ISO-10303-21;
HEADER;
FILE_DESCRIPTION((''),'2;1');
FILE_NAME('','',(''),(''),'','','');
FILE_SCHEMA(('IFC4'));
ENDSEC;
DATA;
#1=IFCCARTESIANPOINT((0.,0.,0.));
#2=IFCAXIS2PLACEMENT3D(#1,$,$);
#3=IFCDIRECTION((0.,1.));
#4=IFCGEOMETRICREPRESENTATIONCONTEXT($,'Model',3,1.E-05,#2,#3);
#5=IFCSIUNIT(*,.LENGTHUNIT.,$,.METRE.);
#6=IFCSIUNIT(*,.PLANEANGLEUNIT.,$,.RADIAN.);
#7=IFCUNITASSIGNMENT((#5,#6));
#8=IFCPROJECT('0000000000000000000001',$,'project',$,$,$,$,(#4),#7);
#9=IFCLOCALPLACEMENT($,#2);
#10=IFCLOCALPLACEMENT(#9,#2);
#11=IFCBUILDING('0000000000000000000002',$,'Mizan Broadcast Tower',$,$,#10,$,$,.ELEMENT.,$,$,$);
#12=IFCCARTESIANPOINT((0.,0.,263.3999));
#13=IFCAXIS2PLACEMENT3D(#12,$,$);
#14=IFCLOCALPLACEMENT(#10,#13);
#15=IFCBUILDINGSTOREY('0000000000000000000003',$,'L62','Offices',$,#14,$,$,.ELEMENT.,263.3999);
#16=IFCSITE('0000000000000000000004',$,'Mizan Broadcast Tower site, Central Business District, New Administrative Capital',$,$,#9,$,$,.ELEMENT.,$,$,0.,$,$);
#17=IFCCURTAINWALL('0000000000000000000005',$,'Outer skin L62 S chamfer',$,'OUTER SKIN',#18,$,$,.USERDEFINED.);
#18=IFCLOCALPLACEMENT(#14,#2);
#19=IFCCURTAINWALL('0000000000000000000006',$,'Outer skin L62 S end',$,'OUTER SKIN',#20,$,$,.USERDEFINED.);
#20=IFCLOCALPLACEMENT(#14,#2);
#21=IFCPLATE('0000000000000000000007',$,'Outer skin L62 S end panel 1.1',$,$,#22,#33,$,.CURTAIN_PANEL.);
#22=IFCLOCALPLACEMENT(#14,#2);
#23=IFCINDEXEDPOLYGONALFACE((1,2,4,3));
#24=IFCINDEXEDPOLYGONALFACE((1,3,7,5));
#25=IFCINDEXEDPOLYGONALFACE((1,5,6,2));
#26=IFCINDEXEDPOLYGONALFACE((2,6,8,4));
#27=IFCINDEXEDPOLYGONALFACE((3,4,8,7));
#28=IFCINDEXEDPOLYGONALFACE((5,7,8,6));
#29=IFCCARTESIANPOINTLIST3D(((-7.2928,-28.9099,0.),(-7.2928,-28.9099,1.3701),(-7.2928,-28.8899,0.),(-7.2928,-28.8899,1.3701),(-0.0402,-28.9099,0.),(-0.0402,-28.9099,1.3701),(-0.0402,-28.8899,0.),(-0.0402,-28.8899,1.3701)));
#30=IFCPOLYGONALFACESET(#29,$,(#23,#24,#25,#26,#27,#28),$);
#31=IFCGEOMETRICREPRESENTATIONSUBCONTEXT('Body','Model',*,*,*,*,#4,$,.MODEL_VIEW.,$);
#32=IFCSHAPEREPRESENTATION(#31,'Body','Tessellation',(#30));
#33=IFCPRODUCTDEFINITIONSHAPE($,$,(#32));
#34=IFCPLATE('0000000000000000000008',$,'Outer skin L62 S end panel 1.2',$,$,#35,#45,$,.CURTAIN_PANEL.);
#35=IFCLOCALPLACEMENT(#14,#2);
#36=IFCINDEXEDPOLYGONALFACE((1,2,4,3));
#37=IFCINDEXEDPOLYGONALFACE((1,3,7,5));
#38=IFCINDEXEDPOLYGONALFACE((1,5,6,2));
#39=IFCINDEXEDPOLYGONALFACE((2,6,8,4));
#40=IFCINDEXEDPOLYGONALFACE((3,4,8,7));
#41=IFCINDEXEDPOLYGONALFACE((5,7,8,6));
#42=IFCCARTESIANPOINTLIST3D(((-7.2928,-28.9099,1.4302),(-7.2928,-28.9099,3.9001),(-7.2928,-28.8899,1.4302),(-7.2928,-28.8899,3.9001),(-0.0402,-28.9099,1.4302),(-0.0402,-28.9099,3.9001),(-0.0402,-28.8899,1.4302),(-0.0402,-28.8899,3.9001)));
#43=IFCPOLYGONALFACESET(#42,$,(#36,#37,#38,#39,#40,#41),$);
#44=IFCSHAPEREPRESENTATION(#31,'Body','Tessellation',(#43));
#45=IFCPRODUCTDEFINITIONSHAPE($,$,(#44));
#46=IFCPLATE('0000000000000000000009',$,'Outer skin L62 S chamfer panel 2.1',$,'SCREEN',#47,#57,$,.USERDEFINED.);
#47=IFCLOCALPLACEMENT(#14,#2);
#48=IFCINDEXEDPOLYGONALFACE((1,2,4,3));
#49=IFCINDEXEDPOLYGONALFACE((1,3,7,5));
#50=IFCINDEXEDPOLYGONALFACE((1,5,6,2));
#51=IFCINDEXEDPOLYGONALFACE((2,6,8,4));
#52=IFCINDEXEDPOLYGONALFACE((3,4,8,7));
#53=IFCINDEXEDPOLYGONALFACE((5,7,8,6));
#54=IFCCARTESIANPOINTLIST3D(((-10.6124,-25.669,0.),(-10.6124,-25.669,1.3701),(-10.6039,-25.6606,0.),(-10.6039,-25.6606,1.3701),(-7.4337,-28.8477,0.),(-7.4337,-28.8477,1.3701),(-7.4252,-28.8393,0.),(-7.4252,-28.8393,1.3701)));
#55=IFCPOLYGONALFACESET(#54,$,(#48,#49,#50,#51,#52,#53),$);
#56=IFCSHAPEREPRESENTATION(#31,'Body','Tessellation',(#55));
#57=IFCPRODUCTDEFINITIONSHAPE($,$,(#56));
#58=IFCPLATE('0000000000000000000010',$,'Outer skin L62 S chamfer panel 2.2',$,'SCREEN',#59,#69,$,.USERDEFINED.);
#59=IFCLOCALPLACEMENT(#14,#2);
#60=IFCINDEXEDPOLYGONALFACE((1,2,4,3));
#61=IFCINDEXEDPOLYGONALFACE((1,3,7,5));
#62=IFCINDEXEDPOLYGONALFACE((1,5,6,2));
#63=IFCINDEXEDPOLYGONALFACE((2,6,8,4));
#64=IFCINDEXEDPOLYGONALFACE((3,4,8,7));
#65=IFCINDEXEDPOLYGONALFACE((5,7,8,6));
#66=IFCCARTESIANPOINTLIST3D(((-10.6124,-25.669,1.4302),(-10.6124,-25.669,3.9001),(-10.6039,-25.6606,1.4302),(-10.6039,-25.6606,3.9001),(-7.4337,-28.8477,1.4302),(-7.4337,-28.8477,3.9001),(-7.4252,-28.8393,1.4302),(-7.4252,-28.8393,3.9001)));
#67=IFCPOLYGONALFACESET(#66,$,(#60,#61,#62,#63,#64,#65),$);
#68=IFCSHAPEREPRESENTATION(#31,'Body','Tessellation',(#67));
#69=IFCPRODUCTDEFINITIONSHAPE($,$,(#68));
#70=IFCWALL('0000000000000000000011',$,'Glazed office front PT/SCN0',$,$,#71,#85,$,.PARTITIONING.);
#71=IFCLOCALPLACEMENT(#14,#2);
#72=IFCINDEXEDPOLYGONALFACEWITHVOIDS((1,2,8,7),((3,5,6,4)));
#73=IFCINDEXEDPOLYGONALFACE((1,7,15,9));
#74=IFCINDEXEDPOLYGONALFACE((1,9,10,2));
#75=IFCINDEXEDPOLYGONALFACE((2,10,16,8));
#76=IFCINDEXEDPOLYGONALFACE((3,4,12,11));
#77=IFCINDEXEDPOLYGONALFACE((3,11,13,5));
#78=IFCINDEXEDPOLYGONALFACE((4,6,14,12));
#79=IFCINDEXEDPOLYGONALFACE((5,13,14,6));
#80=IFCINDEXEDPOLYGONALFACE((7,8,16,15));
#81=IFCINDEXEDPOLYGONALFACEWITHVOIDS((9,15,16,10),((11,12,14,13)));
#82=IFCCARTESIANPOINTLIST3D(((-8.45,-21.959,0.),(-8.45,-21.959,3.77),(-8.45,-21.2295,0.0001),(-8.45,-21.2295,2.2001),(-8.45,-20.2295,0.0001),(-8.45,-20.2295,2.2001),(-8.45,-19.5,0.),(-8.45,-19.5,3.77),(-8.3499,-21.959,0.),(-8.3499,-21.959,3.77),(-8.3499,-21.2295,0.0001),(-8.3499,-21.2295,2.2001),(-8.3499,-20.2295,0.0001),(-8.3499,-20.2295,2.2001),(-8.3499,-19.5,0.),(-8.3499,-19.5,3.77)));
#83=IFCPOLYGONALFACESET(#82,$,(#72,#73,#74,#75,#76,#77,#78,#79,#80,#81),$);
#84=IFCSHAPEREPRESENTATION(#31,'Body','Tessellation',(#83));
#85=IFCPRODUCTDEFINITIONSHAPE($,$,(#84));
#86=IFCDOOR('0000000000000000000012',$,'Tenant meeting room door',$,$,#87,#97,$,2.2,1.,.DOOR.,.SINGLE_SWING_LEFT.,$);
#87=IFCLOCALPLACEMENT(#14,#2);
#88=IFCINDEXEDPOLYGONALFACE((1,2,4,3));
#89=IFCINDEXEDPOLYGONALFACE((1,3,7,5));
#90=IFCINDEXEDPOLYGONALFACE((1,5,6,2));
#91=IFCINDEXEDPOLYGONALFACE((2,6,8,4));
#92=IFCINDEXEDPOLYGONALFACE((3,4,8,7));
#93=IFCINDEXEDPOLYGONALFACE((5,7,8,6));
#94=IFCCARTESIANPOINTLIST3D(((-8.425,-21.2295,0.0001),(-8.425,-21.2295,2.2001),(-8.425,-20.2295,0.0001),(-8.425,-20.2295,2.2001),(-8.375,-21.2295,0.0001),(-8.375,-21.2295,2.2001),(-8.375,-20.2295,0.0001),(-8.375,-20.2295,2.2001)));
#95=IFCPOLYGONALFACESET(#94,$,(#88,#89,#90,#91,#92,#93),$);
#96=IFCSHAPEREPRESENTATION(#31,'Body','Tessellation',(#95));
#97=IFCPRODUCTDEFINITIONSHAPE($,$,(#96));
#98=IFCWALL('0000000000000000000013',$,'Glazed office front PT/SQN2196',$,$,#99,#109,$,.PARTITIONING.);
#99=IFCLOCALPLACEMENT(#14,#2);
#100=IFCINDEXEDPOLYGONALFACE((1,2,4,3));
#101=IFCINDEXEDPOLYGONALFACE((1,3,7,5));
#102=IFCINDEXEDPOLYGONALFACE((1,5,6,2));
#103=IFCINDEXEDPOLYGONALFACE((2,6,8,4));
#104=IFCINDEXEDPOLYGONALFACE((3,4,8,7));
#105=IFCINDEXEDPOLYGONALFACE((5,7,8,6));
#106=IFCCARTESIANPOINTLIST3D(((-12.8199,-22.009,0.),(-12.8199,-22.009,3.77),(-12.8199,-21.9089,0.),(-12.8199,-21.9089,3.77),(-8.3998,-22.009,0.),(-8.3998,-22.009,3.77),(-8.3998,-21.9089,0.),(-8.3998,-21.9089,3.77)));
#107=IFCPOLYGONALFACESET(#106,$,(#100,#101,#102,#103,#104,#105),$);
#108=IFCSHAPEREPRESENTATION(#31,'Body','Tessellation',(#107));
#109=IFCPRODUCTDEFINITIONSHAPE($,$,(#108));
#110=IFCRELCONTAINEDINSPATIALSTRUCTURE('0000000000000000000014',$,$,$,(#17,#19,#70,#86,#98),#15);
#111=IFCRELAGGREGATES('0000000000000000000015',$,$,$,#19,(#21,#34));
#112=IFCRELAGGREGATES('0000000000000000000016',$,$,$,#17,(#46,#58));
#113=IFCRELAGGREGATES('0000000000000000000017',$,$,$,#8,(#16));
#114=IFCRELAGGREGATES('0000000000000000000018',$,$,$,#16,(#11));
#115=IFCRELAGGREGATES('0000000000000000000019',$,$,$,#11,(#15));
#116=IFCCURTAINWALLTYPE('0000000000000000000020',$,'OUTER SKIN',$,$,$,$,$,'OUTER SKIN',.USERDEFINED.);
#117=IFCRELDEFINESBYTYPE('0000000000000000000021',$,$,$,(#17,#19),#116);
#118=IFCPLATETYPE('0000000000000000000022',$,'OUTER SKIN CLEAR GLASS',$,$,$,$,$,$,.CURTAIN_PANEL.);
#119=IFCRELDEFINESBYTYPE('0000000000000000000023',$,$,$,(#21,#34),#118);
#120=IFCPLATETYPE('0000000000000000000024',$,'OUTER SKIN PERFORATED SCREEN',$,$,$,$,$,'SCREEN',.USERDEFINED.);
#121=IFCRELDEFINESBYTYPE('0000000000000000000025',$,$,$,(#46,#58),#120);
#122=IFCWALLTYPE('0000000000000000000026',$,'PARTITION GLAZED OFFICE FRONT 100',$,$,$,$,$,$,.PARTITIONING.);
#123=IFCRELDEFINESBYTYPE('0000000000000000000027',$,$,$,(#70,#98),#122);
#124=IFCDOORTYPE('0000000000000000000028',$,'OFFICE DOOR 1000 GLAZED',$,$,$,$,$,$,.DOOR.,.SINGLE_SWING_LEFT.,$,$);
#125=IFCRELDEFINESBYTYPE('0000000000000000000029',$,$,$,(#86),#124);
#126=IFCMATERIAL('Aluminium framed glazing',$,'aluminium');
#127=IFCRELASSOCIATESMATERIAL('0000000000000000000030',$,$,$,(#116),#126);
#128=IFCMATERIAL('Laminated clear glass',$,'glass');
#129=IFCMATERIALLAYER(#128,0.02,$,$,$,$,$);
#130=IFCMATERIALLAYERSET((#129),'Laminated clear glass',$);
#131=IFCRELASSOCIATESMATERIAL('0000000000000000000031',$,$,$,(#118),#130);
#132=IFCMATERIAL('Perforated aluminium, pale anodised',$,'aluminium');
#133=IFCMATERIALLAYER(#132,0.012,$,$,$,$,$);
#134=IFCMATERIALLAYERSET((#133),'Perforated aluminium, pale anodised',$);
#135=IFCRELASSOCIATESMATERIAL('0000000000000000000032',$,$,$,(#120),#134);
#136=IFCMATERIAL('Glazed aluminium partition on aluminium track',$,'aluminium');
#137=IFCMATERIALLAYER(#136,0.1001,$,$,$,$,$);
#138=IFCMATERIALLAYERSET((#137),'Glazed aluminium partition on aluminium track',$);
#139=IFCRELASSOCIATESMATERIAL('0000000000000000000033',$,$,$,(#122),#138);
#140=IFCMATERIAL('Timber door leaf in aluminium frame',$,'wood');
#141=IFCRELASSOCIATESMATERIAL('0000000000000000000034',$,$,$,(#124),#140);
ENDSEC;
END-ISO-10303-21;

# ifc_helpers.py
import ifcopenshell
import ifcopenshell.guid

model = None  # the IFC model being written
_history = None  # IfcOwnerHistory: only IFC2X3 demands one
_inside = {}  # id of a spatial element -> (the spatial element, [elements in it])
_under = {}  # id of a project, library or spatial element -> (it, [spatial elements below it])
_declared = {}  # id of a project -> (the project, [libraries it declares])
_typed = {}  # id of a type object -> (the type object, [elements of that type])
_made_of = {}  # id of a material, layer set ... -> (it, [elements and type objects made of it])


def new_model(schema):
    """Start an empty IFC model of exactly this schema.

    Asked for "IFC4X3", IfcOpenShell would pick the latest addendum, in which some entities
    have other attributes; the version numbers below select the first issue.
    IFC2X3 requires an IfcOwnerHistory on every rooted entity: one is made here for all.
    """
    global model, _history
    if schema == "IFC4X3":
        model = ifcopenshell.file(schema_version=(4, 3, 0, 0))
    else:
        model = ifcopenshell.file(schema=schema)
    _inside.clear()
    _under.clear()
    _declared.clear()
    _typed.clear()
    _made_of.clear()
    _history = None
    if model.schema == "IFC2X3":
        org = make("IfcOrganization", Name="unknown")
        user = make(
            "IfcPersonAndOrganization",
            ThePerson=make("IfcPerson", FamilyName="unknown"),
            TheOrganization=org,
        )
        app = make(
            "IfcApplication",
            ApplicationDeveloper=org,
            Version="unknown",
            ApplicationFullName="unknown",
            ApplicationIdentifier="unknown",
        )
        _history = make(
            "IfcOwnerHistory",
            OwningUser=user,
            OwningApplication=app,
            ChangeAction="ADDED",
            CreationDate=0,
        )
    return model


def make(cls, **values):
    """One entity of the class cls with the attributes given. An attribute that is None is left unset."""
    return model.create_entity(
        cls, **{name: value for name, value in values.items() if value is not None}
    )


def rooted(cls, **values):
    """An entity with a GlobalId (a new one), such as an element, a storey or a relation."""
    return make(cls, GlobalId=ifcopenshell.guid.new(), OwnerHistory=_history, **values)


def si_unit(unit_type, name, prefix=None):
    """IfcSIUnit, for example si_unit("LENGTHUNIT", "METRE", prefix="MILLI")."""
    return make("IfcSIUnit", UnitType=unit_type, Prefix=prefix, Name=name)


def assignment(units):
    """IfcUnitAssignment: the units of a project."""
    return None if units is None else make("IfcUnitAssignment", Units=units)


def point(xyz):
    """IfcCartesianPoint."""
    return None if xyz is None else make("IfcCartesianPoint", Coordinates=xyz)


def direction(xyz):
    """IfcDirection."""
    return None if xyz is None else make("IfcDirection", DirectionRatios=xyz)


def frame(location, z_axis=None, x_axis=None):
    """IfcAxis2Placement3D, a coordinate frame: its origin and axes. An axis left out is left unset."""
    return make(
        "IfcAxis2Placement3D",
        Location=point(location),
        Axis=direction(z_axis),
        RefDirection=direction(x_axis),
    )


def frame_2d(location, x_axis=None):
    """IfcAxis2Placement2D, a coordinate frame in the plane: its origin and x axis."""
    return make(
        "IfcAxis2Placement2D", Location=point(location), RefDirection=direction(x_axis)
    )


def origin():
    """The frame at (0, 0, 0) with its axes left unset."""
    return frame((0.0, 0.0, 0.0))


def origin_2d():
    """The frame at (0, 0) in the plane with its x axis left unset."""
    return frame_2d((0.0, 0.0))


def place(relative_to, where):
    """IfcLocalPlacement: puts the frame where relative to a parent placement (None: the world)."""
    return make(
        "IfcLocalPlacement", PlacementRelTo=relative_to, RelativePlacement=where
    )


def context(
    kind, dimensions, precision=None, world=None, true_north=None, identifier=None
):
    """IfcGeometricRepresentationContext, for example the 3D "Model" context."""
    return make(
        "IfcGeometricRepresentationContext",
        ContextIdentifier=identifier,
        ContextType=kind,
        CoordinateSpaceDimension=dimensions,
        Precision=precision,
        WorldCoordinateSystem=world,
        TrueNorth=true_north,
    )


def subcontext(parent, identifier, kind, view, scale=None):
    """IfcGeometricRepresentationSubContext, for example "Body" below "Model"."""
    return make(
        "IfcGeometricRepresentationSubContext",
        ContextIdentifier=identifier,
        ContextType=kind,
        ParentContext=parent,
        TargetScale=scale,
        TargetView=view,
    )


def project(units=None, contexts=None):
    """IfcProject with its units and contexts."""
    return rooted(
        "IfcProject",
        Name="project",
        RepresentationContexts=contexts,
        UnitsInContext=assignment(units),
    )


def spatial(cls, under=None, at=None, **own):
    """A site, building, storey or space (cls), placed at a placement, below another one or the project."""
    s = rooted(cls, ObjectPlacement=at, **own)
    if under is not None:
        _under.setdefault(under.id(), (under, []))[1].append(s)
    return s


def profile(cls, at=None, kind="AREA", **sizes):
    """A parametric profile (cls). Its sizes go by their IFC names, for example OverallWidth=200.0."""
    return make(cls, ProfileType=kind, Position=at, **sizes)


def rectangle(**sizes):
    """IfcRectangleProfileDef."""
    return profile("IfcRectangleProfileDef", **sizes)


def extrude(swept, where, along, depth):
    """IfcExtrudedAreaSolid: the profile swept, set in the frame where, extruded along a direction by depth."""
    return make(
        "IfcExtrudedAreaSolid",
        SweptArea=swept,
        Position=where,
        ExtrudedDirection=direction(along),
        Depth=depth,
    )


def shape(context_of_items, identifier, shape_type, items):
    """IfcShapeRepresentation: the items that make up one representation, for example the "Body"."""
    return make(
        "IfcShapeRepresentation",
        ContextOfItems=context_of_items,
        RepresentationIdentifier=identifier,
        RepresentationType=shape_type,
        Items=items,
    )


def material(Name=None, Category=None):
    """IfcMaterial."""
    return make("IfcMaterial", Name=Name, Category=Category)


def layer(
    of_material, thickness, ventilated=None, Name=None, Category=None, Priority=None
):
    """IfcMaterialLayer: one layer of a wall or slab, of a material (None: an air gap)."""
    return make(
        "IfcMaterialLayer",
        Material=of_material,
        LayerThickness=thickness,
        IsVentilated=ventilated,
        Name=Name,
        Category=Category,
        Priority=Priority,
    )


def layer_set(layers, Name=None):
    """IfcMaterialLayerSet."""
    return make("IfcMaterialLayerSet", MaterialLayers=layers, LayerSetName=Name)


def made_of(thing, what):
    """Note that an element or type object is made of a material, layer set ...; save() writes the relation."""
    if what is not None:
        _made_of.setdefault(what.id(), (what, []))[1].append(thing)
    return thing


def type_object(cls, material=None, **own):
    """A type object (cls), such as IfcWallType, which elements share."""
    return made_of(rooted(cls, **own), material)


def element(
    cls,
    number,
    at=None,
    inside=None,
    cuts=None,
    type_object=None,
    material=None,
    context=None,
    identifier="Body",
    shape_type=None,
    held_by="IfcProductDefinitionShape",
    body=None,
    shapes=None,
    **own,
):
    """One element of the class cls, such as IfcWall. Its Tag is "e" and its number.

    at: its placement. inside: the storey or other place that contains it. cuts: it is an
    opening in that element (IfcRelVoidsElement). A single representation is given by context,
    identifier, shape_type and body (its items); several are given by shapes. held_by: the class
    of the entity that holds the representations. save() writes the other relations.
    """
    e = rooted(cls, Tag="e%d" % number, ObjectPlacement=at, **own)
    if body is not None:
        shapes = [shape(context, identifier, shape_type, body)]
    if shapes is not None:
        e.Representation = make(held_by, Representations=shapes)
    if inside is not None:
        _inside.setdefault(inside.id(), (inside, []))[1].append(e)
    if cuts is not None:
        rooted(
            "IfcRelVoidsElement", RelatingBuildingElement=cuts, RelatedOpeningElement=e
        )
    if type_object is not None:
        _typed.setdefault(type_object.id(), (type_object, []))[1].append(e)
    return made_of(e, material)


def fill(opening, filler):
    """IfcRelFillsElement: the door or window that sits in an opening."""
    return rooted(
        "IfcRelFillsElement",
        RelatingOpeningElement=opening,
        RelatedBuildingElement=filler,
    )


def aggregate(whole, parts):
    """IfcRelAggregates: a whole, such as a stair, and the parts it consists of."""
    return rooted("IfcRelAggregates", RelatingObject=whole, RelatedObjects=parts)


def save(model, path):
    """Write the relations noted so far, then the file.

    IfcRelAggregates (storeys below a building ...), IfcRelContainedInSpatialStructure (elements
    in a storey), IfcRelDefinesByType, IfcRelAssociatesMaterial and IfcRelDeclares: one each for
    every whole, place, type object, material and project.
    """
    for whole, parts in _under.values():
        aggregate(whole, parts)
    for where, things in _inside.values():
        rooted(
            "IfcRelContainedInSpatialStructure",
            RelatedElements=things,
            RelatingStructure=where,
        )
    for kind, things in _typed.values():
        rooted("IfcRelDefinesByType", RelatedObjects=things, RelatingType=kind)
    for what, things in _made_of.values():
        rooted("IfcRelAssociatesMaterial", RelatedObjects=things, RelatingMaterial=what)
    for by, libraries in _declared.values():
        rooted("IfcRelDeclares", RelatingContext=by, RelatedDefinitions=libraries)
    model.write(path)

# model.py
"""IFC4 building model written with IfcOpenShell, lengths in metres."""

from ifc_helpers import new_model, si_unit, direction, frame, frame_2d, origin, origin_2d, place, context, subcontext, project, spatial, rectangle, extrude, material, layer, layer_set, type_object, element, fill, aggregate, save


model = new_model("IFC4")

# Units and contexts
model_context = context("Model", 3, precision=1e-05, world=origin(), true_north=direction((0.0, 1.0)))
body_context = subcontext(model_context, "Body", "Model", "MODEL_VIEW")
ifc_project = project(units=[si_unit("LENGTHUNIT", "METRE"), si_unit("PLANEANGLEUNIT", "RADIAN")], contexts=[model_context])

# Site, building, storey
site_placement = place(None, origin())
site = spatial("IfcSite", under=ifc_project, at=site_placement, Name="Mizan Broadcast Tower site, Central Business District, New Administrative Capital", CompositionType="ELEMENT", RefElevation=0.0)
building_placement = place(site_placement, origin())
building = spatial("IfcBuilding", under=site, at=building_placement, Name="Mizan Broadcast Tower", CompositionType="ELEMENT")
storey_placement = place(building_placement, frame((0.0, 0.0, 263.3999)))
storey = spatial("IfcBuildingStorey", under=building, at=storey_placement, Name="L62", Description="Offices", CompositionType="ELEMENT", Elevation=263.3999)

# Curtain wall
ifc_material_1 = material(Name="Aluminium framed glazing", Category="aluminium")
curtain_wall_type_1 = type_object("IfcCurtainWallType", Name="OUTER SKIN", ElementType="OUTER SKIN", PredefinedType="USERDEFINED", material=ifc_material_1)
curtain_wall_1_placement = place(storey_placement, origin())
curtain_wall_1 = element("IfcCurtainWall", 1, at=curtain_wall_1_placement, inside=storey, type_object=curtain_wall_type_1, Name="Outer skin L62 S chamfer", ObjectType="OUTER SKIN", PredefinedType="USERDEFINED")

# Curtain wall
curtain_wall_2_placement = place(storey_placement, origin())
curtain_wall_2 = element("IfcCurtainWall", 2, at=curtain_wall_2_placement, inside=storey, type_object=curtain_wall_type_1, Name="Outer skin L62 S end", ObjectType="OUTER SKIN", PredefinedType="USERDEFINED")

# Plates
ifc_material_2 = material(Name="Laminated clear glass", Category="glass")
ifc_layer_1 = layer(ifc_material_2, 0.02)
ifc_layer_set_1 = layer_set([ifc_layer_1], Name="Laminated clear glass")
plate_type_1 = type_object("IfcPlateType", Name="OUTER SKIN CLEAR GLASS", PredefinedType="CURTAIN_PANEL", material=ifc_layer_set_1)
plate_1_placement = place(storey_placement, frame((-3.6665, -28.8999, 0.0), z_axis=(0.0, 0.0, 1.0), x_axis=(1.0, 0.0, 0.0)))
plate_1 = element("IfcPlate", 3, at=plate_1_placement, type_object=plate_type_1, Name="Outer skin L62 S end panel 1.1", PredefinedType="CURTAIN_PANEL", context=body_context, shape_type="SweptSolid", body=[
    extrude(rectangle(XDim=7.2527, YDim=0.02, at=origin_2d()), origin(), (0.0, 0.0, 1.0), 1.3701),
])
plate_2_placement = place(storey_placement, frame((-3.6665, -28.8999, 1.4302), z_axis=(0.0, 0.0, 1.0), x_axis=(1.0, 0.0, 0.0)))
plate_2 = element("IfcPlate", 4, at=plate_2_placement, type_object=plate_type_1, Name="Outer skin L62 S end panel 1.2", PredefinedType="CURTAIN_PANEL", context=body_context, shape_type="SweptSolid", body=[
    extrude(rectangle(XDim=7.2527, YDim=0.02, at=origin_2d()), origin(), (0.0, 0.0, 1.0), 2.47),
])
aggregate(curtain_wall_2, [plate_1, plate_2])
ifc_material_3 = material(Name="Perforated aluminium, pale anodised", Category="aluminium")
ifc_layer_2 = layer(ifc_material_3, 0.012)
ifc_layer_set_2 = layer_set([ifc_layer_2], Name="Perforated aluminium, pale anodised")
plate_type_2 = type_object("IfcPlateType", Name="OUTER SKIN PERFORATED SCREEN", ElementType="SCREEN", PredefinedType="USERDEFINED", material=ifc_layer_set_2)
plate_3_placement = place(storey_placement, frame((-9.0188, -27.2542, 0.0), z_axis=(0.0, 0.0, 1.0), x_axis=(0.707107, -0.707107, 0.0)))
plate_3 = element("IfcPlate", 5, at=plate_3_placement, type_object=plate_type_2, Name="Outer skin L62 S chamfer panel 2.1", ObjectType="SCREEN", PredefinedType="USERDEFINED", context=body_context, shape_type="SweptSolid", body=[
    extrude(rectangle(XDim=4.4954, YDim=0.012, at=origin_2d()), origin(), (0.0, 0.0, 1.0), 1.3701),
])
plate_4_placement = place(storey_placement, frame((-9.0188, -27.2542, 1.4302), z_axis=(0.0, 0.0, 1.0), x_axis=(0.707107, -0.707107, 0.0)))
plate_4 = element("IfcPlate", 6, at=plate_4_placement, type_object=plate_type_2, Name="Outer skin L62 S chamfer panel 2.2", ObjectType="SCREEN", PredefinedType="USERDEFINED", context=body_context, shape_type="SweptSolid", body=[
    extrude(rectangle(XDim=4.4954, YDim=0.012, at=origin_2d()), origin(), (0.0, 0.0, 1.0), 2.47),
])
aggregate(curtain_wall_1, [plate_3, plate_4])

# Wall, opening, door
ifc_material_4 = material(Name="Glazed aluminium partition on aluminium track", Category="aluminium")
ifc_layer_3 = layer(ifc_material_4, 0.1001)
ifc_layer_set_3 = layer_set([ifc_layer_3], Name="Glazed aluminium partition on aluminium track")
wall_type = type_object("IfcWallType", Name="PARTITION GLAZED OFFICE FRONT 100", PredefinedType="PARTITIONING", material=ifc_layer_set_3)
wall_1_placement = place(storey_placement, frame((-8.3999, -19.5, 0.0), z_axis=(0.0, 0.0, 1.0), x_axis=(0.0, -1.0, 0.0)))
wall_1 = element("IfcWall", 7, at=wall_1_placement, inside=storey, type_object=wall_type, Name="Glazed office front PT/SCN0", PredefinedType="PARTITIONING", context=body_context, shape_type="SweptSolid", body=[
    extrude(rectangle(XDim=2.459, YDim=0.1001, at=frame_2d((1.2295, 0.0))), origin(), (0.0, 0.0, 1.0), 3.77),
])
opening_placement = place(wall_1_placement, frame((0.7295, 0.0, 0.0)))
opening = element("IfcOpeningElement", 8, at=opening_placement, cuts=wall_1, PredefinedType="OPENING", context=body_context, shape_type="SweptSolid", body=[
    extrude(rectangle(XDim=1.0, YDim=2.2, at=frame_2d((0.5, 1.1001))), frame((0.0, 0.0601, 0.0), z_axis=(0.0, -1.0, 0.0), x_axis=(1.0, 0.0, 0.0)), (0.0, 0.0, 1.0), 0.1201),
])
ifc_material_5 = material(Name="Timber door leaf in aluminium frame", Category="wood")
door_type = type_object("IfcDoorType", Name="OFFICE DOOR 1000 GLAZED", OperationType="SINGLE_SWING_LEFT", PredefinedType="DOOR", material=ifc_material_5)
door_placement = place(opening_placement, origin())
door = element("IfcDoor", 9, at=door_placement, inside=storey, type_object=door_type, Name="Tenant meeting room door", OperationType="SINGLE_SWING_LEFT", OverallHeight=2.2, OverallWidth=1.0, PredefinedType="DOOR", context=body_context, shape_type="SweptSolid", body=[
    extrude(rectangle(XDim=1.0, YDim=2.2, at=frame_2d((0.5, 1.1001))), frame((0.0, 0.0249, 0.0), z_axis=(0.0, -1.0, 0.0), x_axis=(1.0, 0.0, 0.0)), (0.0, 0.0, 1.0), 0.05),
])
fill(opening, door)

# Wall
wall_2_placement = place(storey_placement, frame((-8.3999, -21.959, 0.0), z_axis=(0.0, 0.0, 1.0), x_axis=(-1.0, 0.0, 0.0)))
element("IfcWall", 10, at=wall_2_placement, inside=storey, type_object=wall_type, Name="Glazed office front PT/SQN2196", PredefinedType="PARTITIONING", context=body_context, shape_type="SweptSolid", body=[
    extrude(rectangle(XDim=4.4202, YDim=0.1001, at=frame_2d((2.21, 0.0))), origin(), (0.0, 0.0, 1.0), 3.77),
])

save(model, "model.ifc")
